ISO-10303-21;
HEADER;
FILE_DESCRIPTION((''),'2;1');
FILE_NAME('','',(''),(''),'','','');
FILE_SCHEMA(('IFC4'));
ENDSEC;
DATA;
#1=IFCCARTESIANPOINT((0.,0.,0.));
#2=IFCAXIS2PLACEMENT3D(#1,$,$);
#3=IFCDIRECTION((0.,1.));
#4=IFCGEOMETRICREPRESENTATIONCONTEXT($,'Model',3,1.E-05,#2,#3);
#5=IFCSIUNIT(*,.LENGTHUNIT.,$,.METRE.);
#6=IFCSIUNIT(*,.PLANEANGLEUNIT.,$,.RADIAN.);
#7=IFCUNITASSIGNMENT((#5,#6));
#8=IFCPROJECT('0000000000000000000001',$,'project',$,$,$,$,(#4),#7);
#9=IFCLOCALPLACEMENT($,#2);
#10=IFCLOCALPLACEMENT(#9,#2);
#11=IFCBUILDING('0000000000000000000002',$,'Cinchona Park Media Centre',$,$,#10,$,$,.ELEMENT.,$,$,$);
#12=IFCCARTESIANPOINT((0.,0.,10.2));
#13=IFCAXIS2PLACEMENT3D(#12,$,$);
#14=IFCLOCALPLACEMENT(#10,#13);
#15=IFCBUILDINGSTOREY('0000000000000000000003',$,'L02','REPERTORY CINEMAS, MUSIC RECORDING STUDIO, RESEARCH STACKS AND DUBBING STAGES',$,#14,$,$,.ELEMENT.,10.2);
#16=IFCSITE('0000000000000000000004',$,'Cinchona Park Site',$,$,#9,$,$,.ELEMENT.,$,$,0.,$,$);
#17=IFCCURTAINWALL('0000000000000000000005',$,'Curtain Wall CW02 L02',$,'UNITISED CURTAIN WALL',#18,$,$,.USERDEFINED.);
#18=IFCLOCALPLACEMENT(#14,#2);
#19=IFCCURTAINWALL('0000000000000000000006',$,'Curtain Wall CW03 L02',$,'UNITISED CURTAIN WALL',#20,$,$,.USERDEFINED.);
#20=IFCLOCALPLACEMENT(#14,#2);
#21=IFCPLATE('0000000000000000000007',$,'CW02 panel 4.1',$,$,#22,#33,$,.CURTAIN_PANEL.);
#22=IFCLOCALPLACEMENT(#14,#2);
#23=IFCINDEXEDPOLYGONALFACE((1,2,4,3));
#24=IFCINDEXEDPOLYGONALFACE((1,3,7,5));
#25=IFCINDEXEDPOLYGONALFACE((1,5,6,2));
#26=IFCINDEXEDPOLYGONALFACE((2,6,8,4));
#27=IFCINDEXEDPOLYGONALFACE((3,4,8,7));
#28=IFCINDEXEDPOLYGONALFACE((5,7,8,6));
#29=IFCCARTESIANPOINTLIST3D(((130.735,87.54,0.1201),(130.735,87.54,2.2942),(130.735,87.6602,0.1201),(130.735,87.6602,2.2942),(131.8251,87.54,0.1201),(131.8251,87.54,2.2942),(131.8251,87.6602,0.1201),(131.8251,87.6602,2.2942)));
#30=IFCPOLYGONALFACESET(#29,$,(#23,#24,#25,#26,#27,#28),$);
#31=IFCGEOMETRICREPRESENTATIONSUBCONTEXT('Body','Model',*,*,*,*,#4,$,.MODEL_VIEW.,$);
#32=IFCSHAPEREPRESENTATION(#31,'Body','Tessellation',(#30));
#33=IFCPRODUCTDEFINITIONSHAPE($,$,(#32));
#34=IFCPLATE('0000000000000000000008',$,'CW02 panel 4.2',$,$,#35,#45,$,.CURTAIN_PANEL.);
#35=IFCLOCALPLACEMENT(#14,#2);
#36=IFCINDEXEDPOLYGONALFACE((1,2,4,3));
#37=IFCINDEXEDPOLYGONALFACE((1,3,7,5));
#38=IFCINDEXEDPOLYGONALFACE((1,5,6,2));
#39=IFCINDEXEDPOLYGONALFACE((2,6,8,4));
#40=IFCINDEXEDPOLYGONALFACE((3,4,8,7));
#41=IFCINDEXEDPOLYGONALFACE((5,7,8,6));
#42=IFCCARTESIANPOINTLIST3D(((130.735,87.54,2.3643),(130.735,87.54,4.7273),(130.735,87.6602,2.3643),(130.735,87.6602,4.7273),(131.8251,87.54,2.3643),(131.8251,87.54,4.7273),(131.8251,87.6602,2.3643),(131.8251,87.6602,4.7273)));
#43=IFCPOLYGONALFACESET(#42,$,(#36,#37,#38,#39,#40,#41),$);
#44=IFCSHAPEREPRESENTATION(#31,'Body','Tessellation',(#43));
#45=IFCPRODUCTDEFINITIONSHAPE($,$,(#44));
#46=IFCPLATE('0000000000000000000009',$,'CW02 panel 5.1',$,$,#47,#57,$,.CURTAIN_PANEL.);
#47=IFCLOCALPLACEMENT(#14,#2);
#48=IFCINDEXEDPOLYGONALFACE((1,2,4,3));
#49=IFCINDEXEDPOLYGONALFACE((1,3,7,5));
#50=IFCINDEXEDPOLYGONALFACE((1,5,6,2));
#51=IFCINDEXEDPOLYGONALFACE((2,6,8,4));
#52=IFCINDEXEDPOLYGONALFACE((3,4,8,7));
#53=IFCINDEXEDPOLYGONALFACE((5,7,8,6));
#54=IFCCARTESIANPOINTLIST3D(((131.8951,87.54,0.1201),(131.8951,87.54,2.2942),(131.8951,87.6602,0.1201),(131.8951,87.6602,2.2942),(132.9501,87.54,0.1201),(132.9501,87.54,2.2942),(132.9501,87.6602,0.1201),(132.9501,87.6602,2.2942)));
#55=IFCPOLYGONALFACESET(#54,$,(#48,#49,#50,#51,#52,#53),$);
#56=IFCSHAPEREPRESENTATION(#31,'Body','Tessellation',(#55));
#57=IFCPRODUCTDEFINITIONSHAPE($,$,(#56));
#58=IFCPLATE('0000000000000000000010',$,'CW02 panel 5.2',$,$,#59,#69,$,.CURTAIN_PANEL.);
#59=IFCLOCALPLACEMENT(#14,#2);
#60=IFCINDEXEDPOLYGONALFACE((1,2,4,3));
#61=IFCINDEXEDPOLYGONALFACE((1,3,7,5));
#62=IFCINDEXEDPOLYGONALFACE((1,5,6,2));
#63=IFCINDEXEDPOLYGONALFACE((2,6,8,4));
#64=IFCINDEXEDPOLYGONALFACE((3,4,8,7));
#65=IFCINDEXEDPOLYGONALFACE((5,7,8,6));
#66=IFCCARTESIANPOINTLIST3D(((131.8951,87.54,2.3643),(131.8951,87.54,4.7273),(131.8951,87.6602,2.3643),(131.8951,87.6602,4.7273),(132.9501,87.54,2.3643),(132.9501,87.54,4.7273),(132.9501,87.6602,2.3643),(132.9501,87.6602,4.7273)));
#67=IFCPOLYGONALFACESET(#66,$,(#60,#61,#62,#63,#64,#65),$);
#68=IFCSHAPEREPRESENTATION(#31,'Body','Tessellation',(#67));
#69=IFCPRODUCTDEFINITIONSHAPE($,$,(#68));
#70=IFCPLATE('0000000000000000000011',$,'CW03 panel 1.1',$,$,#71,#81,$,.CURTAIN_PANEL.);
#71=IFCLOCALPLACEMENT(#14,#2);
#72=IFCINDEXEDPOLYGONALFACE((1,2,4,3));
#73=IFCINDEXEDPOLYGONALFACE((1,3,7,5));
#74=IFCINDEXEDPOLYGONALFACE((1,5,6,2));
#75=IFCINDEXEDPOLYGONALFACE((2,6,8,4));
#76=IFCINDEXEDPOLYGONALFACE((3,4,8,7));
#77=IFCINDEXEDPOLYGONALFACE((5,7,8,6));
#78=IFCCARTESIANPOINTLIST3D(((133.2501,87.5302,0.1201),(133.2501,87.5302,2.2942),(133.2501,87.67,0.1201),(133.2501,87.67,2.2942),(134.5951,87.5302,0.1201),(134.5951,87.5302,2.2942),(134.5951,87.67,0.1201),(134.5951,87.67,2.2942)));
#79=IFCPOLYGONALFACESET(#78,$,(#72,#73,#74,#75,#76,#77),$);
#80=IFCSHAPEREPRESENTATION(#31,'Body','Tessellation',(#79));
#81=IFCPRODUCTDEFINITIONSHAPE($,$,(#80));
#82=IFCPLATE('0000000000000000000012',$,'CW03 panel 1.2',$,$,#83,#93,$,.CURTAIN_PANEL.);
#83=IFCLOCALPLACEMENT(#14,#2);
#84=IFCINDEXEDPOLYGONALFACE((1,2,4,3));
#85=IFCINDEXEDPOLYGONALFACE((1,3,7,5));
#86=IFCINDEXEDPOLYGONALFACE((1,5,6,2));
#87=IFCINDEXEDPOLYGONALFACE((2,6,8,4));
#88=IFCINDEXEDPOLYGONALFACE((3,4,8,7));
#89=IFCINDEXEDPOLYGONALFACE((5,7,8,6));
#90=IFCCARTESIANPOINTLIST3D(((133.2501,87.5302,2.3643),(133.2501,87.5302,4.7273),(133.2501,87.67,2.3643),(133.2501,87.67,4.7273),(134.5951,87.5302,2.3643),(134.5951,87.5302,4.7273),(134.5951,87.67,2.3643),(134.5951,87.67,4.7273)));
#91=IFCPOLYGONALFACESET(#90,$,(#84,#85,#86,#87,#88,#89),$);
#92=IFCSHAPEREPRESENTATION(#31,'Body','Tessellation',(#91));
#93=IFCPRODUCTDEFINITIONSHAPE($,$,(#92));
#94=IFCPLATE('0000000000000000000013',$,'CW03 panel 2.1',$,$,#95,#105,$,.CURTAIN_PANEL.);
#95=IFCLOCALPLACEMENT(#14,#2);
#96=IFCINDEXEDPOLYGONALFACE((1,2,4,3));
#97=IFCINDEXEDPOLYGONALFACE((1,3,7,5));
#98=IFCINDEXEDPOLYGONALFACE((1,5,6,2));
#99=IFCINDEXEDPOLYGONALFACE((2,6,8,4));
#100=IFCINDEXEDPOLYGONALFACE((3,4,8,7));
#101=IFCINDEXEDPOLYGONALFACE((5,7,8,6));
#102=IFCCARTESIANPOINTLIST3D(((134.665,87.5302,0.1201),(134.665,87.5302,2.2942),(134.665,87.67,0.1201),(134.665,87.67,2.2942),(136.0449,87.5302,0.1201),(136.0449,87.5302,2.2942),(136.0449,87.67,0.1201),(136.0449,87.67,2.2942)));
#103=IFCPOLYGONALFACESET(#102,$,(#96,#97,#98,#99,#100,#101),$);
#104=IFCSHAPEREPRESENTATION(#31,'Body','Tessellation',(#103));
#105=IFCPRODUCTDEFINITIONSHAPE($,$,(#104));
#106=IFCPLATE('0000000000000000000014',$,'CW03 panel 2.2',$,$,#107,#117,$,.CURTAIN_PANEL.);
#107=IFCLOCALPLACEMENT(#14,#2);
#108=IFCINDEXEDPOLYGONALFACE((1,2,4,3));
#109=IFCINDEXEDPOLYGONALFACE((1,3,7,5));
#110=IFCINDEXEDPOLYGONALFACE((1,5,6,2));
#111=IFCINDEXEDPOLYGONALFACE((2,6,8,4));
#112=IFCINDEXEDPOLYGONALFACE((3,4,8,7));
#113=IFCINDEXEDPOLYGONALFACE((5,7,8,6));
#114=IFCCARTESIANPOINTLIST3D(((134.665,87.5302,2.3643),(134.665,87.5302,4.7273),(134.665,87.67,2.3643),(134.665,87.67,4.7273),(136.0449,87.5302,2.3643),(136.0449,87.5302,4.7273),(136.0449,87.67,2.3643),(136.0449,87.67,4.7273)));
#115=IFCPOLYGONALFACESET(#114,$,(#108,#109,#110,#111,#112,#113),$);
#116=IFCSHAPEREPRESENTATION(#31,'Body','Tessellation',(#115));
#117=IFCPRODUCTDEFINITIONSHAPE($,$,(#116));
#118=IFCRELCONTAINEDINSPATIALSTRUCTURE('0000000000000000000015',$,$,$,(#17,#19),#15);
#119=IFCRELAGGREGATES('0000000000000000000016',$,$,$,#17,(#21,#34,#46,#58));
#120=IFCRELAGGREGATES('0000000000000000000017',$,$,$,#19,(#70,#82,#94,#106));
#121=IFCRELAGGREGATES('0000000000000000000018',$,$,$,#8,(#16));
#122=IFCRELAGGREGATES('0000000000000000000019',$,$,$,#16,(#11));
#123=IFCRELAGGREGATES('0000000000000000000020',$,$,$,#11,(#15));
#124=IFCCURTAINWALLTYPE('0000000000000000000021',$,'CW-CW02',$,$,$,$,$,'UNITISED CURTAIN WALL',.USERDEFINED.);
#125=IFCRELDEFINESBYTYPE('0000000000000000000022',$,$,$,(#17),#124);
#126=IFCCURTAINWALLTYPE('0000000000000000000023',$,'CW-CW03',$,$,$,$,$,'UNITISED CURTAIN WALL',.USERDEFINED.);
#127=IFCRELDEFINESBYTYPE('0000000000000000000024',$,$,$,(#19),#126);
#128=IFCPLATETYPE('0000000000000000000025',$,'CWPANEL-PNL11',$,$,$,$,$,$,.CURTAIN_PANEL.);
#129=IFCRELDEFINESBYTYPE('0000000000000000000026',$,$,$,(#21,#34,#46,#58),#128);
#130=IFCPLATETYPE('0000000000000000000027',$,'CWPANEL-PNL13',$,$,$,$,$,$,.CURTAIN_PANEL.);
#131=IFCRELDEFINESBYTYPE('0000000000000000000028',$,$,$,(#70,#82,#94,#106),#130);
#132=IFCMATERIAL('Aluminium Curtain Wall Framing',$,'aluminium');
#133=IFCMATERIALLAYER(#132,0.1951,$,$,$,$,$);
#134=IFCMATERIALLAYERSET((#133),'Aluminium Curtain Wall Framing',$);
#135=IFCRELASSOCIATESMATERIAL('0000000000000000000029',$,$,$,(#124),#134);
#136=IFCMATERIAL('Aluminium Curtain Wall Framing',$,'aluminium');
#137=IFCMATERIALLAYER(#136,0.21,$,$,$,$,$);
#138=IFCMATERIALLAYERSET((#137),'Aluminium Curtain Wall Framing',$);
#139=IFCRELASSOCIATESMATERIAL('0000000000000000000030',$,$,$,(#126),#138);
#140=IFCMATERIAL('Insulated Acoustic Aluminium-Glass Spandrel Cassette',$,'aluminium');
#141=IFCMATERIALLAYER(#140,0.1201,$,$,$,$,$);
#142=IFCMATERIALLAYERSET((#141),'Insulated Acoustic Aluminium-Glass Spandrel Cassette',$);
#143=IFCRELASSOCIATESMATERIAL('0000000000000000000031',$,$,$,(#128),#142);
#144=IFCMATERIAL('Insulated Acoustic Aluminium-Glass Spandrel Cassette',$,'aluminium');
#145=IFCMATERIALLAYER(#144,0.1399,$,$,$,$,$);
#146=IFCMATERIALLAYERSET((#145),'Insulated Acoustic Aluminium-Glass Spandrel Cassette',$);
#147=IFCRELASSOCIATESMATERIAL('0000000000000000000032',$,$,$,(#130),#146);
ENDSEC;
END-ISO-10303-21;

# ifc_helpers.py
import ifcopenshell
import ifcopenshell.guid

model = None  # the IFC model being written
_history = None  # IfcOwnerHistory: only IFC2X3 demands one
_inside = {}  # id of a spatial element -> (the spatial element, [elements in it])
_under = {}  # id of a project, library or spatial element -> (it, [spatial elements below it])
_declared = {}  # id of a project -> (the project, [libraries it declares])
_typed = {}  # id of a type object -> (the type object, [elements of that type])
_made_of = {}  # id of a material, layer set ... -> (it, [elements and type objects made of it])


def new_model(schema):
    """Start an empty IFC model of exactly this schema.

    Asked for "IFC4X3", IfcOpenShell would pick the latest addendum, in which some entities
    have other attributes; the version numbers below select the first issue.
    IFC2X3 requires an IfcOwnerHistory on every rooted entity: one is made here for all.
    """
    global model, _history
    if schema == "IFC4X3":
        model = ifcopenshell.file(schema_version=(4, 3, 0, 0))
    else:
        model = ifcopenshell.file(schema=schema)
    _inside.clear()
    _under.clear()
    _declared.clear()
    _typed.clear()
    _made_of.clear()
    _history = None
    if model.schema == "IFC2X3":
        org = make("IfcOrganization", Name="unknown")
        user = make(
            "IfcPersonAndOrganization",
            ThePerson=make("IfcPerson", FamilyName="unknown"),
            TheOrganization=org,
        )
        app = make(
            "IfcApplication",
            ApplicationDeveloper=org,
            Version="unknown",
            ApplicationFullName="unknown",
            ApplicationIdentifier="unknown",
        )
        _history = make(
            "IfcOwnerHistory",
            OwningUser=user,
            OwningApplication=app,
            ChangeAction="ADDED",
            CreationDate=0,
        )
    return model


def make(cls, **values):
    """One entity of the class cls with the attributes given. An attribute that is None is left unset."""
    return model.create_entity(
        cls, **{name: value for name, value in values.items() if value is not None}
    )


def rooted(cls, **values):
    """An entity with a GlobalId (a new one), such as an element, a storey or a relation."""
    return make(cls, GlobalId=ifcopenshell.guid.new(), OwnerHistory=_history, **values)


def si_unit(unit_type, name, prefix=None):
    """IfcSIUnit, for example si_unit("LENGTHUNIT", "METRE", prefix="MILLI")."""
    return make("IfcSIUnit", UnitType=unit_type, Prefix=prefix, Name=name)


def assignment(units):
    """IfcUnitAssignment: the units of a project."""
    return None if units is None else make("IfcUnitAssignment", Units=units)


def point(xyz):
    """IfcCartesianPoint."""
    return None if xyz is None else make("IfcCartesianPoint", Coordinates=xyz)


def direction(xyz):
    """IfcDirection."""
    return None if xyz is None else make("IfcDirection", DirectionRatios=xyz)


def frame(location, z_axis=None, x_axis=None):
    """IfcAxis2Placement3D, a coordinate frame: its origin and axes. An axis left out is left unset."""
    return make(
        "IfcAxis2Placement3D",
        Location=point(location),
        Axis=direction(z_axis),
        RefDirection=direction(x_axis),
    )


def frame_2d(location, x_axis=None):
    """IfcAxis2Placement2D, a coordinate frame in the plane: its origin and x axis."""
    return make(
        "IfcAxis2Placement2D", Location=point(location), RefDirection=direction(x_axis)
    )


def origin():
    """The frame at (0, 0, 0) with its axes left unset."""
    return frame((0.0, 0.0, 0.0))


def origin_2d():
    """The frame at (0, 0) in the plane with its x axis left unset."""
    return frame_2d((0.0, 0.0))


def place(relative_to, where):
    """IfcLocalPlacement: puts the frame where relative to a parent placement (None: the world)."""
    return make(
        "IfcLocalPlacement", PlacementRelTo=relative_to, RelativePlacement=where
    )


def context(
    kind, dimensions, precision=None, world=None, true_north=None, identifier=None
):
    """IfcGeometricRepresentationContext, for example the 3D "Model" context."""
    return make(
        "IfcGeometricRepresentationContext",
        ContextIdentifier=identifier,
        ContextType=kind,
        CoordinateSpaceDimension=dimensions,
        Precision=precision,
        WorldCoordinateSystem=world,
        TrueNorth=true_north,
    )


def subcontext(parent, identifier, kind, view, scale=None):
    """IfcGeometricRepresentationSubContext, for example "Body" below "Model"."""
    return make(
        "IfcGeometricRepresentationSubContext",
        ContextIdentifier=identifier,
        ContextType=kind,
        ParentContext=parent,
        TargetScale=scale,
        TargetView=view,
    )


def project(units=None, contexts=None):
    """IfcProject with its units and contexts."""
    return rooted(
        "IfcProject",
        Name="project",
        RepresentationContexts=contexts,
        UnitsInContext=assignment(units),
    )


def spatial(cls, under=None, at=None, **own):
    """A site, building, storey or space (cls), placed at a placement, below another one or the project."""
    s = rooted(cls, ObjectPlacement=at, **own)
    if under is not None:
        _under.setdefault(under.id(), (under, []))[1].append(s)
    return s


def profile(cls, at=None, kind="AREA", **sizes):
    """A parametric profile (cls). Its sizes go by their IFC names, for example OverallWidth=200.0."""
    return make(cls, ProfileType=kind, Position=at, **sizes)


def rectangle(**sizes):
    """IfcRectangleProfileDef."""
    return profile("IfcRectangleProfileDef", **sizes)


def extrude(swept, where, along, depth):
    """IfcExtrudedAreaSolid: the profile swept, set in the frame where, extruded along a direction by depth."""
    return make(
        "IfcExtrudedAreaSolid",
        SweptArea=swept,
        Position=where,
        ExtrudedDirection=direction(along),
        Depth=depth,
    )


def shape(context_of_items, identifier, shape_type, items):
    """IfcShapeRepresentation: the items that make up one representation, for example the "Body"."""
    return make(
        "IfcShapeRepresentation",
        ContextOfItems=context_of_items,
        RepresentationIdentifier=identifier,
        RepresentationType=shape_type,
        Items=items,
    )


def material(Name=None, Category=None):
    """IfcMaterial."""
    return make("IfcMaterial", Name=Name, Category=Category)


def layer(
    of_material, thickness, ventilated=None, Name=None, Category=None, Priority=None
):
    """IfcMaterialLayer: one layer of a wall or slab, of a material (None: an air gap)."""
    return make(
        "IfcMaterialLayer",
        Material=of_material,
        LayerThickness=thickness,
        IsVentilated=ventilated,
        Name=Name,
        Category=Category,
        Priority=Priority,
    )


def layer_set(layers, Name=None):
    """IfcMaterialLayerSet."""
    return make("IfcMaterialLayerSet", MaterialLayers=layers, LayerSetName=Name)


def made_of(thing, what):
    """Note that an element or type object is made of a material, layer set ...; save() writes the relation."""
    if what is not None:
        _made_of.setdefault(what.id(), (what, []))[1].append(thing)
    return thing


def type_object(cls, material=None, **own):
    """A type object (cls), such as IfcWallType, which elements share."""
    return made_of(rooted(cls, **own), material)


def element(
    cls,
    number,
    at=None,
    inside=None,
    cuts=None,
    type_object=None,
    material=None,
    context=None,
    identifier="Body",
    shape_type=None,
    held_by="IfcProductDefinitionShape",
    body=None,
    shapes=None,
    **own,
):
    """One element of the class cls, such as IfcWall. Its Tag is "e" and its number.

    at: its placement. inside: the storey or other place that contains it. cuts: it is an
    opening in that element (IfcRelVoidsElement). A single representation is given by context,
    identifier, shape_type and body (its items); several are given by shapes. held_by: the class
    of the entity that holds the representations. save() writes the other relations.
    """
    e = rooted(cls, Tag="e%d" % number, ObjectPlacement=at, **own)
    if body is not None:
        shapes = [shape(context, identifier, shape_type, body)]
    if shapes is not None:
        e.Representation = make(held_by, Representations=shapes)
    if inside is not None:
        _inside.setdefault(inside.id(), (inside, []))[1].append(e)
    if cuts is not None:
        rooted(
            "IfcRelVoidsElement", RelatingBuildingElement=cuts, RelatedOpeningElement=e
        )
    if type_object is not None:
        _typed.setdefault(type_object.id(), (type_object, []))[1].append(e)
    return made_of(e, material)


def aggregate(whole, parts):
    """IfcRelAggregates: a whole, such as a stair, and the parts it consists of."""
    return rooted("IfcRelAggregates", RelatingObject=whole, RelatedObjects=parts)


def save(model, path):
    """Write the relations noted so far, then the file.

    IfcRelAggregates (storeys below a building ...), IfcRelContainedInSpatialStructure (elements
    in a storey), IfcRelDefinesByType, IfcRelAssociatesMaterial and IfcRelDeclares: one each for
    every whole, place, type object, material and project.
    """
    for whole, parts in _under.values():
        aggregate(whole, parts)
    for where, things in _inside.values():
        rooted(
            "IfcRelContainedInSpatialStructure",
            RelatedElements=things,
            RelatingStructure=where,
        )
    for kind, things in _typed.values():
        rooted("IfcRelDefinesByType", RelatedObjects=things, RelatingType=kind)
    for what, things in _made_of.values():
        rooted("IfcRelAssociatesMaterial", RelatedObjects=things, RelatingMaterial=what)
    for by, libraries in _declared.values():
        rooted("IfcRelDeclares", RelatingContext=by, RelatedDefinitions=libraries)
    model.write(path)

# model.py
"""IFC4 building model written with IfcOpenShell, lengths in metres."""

from ifc_helpers import new_model, si_unit, direction, frame, origin, origin_2d, place, context, subcontext, project, spatial, rectangle, extrude, material, layer, layer_set, type_object, element, aggregate, save


model = new_model("IFC4")

# Units and contexts
model_context = context("Model", 3, precision=1e-05, world=origin(), true_north=direction((0.0, 1.0)))
body_context = subcontext(model_context, "Body", "Model", "MODEL_VIEW")
ifc_project = project(units=[si_unit("LENGTHUNIT", "METRE"), si_unit("PLANEANGLEUNIT", "RADIAN")], contexts=[model_context])

# Site, building, storey
site_placement = place(None, origin())
site = spatial("IfcSite", under=ifc_project, at=site_placement, Name="Cinchona Park Site", CompositionType="ELEMENT", RefElevation=0.0)
building_placement = place(site_placement, origin())
building = spatial("IfcBuilding", under=site, at=building_placement, Name="Cinchona Park Media Centre", CompositionType="ELEMENT")
storey_placement = place(building_placement, frame((0.0, 0.0, 10.2)))
storey = spatial("IfcBuildingStorey", under=building, at=storey_placement, Name="L02", Description="REPERTORY CINEMAS, MUSIC RECORDING STUDIO, RESEARCH STACKS AND DUBBING STAGES", CompositionType="ELEMENT", Elevation=10.2)

# Curtain walls
ifc_material_1 = material(Name="Aluminium Curtain Wall Framing", Category="aluminium")
ifc_layer_1 = layer(ifc_material_1, 0.1951)
ifc_layer_set_1 = layer_set([ifc_layer_1], Name="Aluminium Curtain Wall Framing")
curtain_wall_type_1 = type_object("IfcCurtainWallType", Name="CW-CW02", ElementType="UNITISED CURTAIN WALL", PredefinedType="USERDEFINED", material=ifc_layer_set_1)
curtain_wall_1_placement = place(storey_placement, origin())
curtain_wall_1 = element("IfcCurtainWall", 1, at=curtain_wall_1_placement, inside=storey, type_object=curtain_wall_type_1, Name="Curtain Wall CW02 L02", ObjectType="UNITISED CURTAIN WALL", PredefinedType="USERDEFINED")
ifc_material_2 = material(Name="Aluminium Curtain Wall Framing", Category="aluminium")
ifc_layer_2 = layer(ifc_material_2, 0.21)
ifc_layer_set_2 = layer_set([ifc_layer_2], Name="Aluminium Curtain Wall Framing")
curtain_wall_type_2 = type_object("IfcCurtainWallType", Name="CW-CW03", ElementType="UNITISED CURTAIN WALL", PredefinedType="USERDEFINED", material=ifc_layer_set_2)
curtain_wall_2_placement = place(storey_placement, origin())
curtain_wall_2 = element("IfcCurtainWall", 2, at=curtain_wall_2_placement, inside=storey, type_object=curtain_wall_type_2, Name="Curtain Wall CW03 L02", ObjectType="UNITISED CURTAIN WALL", PredefinedType="USERDEFINED")

# Plates
ifc_material_3 = material(Name="Insulated Acoustic Aluminium-Glass Spandrel Cassette", Category="aluminium")
ifc_layer_3 = layer(ifc_material_3, 0.1201)
ifc_layer_set_3 = layer_set([ifc_layer_3], Name="Insulated Acoustic Aluminium-Glass Spandrel Cassette")
plate_type_1 = type_object("IfcPlateType", Name="CWPANEL-PNL11", PredefinedType="CURTAIN_PANEL", material=ifc_layer_set_3)
plate_1_placement = place(storey_placement, frame((131.28, 87.6001, 0.1201), z_axis=(0.0, 0.0, 1.0), x_axis=(1.0, 0.0, 0.0)))
plate_1 = element("IfcPlate", 3, at=plate_1_placement, type_object=plate_type_1, Name="CW02 panel 4.1", PredefinedType="CURTAIN_PANEL", context=body_context, shape_type="SweptSolid", body=[
    extrude(rectangle(XDim=1.0901, YDim=0.1201, at=origin_2d()), origin(), (0.0, 0.0, 1.0), 2.1741),
])
plate_2_placement = place(storey_placement, frame((131.28, 87.6001, 2.3643), z_axis=(0.0, 0.0, 1.0), x_axis=(1.0, 0.0, 0.0)))
plate_2 = element("IfcPlate", 4, at=plate_2_placement, type_object=plate_type_1, Name="CW02 panel 4.2", PredefinedType="CURTAIN_PANEL", context=body_context, shape_type="SweptSolid", body=[
    extrude(rectangle(XDim=1.0901, YDim=0.1201, at=origin_2d()), origin(), (0.0, 0.0, 1.0), 2.363),
])
plate_3_placement = place(storey_placement, frame((132.4226, 87.6001, 0.1201), z_axis=(0.0, 0.0, 1.0), x_axis=(1.0, 0.0, 0.0)))
plate_3 = element("IfcPlate", 5, at=plate_3_placement, type_object=plate_type_1, Name="CW02 panel 5.1", PredefinedType="CURTAIN_PANEL", context=body_context, shape_type="SweptSolid", body=[
    extrude(rectangle(XDim=1.0549, YDim=0.1201, at=origin_2d()), origin(), (0.0, 0.0, 1.0), 2.1741),
])
plate_4_placement = place(storey_placement, frame((132.4226, 87.6001, 2.3643), z_axis=(0.0, 0.0, 1.0), x_axis=(1.0, 0.0, 0.0)))
plate_4 = element("IfcPlate", 6, at=plate_4_placement, type_object=plate_type_1, Name="CW02 panel 5.2", PredefinedType="CURTAIN_PANEL", context=body_context, shape_type="SweptSolid", body=[
    extrude(rectangle(XDim=1.0549, YDim=0.1201, at=origin_2d()), origin(), (0.0, 0.0, 1.0), 2.363),
])
aggregate(curtain_wall_1, [plate_1, plate_2, plate_3, plate_4])
ifc_material_4 = material(Name="Insulated Acoustic Aluminium-Glass Spandrel Cassette", Category="aluminium")
ifc_layer_4 = layer(ifc_material_4, 0.1399)
ifc_layer_set_4 = layer_set([ifc_layer_4], Name="Insulated Acoustic Aluminium-Glass Spandrel Cassette")
plate_type_2 = type_object("IfcPlateType", Name="CWPANEL-PNL13", PredefinedType="CURTAIN_PANEL", material=ifc_layer_set_4)
plate_5_placement = place(storey_placement, frame((133.9226, 87.6001, 0.1201), z_axis=(0.0, 0.0, 1.0), x_axis=(1.0, 0.0, 0.0)))
plate_5 = element("IfcPlate", 7, at=plate_5_placement, type_object=plate_type_2, Name="CW03 panel 1.1", PredefinedType="CURTAIN_PANEL", context=body_context, shape_type="SweptSolid", body=[
    extrude(rectangle(XDim=1.345, YDim=0.1399, at=origin_2d()), origin(), (0.0, 0.0, 1.0), 2.1741),
])
plate_6_placement = place(storey_placement, frame((133.9226, 87.6001, 2.3643), z_axis=(0.0, 0.0, 1.0), x_axis=(1.0, 0.0, 0.0)))
plate_6 = element("IfcPlate", 8, at=plate_6_placement, type_object=plate_type_2, Name="CW03 panel 1.2", PredefinedType="CURTAIN_PANEL", context=body_context, shape_type="SweptSolid", body=[
    extrude(rectangle(XDim=1.345, YDim=0.1399, at=origin_2d()), origin(), (0.0, 0.0, 1.0), 2.363),
])
plate_7_placement = place(storey_placement, frame((135.355, 87.6001, 0.1201), z_axis=(0.0, 0.0, 1.0), x_axis=(1.0, 0.0, 0.0)))
plate_7 = element("IfcPlate", 9, at=plate_7_placement, type_object=plate_type_2, Name="CW03 panel 2.1", PredefinedType="CURTAIN_PANEL", context=body_context, shape_type="SweptSolid", body=[
    extrude(rectangle(XDim=1.3799, YDim=0.1399, at=origin_2d()), origin(), (0.0, 0.0, 1.0), 2.1741),
])
plate_8_placement = place(storey_placement, frame((135.355, 87.6001, 2.3643), z_axis=(0.0, 0.0, 1.0), x_axis=(1.0, 0.0, 0.0)))
plate_8 = element("IfcPlate", 10, at=plate_8_placement, type_object=plate_type_2, Name="CW03 panel 2.2", PredefinedType="CURTAIN_PANEL", context=body_context, shape_type="SweptSolid", body=[
    extrude(rectangle(XDim=1.3799, YDim=0.1399, at=origin_2d()), origin(), (0.0, 0.0, 1.0), 2.363),
])
aggregate(curtain_wall_2, [plate_5, plate_6, plate_7, plate_8])

save(model, "model.ifc")
